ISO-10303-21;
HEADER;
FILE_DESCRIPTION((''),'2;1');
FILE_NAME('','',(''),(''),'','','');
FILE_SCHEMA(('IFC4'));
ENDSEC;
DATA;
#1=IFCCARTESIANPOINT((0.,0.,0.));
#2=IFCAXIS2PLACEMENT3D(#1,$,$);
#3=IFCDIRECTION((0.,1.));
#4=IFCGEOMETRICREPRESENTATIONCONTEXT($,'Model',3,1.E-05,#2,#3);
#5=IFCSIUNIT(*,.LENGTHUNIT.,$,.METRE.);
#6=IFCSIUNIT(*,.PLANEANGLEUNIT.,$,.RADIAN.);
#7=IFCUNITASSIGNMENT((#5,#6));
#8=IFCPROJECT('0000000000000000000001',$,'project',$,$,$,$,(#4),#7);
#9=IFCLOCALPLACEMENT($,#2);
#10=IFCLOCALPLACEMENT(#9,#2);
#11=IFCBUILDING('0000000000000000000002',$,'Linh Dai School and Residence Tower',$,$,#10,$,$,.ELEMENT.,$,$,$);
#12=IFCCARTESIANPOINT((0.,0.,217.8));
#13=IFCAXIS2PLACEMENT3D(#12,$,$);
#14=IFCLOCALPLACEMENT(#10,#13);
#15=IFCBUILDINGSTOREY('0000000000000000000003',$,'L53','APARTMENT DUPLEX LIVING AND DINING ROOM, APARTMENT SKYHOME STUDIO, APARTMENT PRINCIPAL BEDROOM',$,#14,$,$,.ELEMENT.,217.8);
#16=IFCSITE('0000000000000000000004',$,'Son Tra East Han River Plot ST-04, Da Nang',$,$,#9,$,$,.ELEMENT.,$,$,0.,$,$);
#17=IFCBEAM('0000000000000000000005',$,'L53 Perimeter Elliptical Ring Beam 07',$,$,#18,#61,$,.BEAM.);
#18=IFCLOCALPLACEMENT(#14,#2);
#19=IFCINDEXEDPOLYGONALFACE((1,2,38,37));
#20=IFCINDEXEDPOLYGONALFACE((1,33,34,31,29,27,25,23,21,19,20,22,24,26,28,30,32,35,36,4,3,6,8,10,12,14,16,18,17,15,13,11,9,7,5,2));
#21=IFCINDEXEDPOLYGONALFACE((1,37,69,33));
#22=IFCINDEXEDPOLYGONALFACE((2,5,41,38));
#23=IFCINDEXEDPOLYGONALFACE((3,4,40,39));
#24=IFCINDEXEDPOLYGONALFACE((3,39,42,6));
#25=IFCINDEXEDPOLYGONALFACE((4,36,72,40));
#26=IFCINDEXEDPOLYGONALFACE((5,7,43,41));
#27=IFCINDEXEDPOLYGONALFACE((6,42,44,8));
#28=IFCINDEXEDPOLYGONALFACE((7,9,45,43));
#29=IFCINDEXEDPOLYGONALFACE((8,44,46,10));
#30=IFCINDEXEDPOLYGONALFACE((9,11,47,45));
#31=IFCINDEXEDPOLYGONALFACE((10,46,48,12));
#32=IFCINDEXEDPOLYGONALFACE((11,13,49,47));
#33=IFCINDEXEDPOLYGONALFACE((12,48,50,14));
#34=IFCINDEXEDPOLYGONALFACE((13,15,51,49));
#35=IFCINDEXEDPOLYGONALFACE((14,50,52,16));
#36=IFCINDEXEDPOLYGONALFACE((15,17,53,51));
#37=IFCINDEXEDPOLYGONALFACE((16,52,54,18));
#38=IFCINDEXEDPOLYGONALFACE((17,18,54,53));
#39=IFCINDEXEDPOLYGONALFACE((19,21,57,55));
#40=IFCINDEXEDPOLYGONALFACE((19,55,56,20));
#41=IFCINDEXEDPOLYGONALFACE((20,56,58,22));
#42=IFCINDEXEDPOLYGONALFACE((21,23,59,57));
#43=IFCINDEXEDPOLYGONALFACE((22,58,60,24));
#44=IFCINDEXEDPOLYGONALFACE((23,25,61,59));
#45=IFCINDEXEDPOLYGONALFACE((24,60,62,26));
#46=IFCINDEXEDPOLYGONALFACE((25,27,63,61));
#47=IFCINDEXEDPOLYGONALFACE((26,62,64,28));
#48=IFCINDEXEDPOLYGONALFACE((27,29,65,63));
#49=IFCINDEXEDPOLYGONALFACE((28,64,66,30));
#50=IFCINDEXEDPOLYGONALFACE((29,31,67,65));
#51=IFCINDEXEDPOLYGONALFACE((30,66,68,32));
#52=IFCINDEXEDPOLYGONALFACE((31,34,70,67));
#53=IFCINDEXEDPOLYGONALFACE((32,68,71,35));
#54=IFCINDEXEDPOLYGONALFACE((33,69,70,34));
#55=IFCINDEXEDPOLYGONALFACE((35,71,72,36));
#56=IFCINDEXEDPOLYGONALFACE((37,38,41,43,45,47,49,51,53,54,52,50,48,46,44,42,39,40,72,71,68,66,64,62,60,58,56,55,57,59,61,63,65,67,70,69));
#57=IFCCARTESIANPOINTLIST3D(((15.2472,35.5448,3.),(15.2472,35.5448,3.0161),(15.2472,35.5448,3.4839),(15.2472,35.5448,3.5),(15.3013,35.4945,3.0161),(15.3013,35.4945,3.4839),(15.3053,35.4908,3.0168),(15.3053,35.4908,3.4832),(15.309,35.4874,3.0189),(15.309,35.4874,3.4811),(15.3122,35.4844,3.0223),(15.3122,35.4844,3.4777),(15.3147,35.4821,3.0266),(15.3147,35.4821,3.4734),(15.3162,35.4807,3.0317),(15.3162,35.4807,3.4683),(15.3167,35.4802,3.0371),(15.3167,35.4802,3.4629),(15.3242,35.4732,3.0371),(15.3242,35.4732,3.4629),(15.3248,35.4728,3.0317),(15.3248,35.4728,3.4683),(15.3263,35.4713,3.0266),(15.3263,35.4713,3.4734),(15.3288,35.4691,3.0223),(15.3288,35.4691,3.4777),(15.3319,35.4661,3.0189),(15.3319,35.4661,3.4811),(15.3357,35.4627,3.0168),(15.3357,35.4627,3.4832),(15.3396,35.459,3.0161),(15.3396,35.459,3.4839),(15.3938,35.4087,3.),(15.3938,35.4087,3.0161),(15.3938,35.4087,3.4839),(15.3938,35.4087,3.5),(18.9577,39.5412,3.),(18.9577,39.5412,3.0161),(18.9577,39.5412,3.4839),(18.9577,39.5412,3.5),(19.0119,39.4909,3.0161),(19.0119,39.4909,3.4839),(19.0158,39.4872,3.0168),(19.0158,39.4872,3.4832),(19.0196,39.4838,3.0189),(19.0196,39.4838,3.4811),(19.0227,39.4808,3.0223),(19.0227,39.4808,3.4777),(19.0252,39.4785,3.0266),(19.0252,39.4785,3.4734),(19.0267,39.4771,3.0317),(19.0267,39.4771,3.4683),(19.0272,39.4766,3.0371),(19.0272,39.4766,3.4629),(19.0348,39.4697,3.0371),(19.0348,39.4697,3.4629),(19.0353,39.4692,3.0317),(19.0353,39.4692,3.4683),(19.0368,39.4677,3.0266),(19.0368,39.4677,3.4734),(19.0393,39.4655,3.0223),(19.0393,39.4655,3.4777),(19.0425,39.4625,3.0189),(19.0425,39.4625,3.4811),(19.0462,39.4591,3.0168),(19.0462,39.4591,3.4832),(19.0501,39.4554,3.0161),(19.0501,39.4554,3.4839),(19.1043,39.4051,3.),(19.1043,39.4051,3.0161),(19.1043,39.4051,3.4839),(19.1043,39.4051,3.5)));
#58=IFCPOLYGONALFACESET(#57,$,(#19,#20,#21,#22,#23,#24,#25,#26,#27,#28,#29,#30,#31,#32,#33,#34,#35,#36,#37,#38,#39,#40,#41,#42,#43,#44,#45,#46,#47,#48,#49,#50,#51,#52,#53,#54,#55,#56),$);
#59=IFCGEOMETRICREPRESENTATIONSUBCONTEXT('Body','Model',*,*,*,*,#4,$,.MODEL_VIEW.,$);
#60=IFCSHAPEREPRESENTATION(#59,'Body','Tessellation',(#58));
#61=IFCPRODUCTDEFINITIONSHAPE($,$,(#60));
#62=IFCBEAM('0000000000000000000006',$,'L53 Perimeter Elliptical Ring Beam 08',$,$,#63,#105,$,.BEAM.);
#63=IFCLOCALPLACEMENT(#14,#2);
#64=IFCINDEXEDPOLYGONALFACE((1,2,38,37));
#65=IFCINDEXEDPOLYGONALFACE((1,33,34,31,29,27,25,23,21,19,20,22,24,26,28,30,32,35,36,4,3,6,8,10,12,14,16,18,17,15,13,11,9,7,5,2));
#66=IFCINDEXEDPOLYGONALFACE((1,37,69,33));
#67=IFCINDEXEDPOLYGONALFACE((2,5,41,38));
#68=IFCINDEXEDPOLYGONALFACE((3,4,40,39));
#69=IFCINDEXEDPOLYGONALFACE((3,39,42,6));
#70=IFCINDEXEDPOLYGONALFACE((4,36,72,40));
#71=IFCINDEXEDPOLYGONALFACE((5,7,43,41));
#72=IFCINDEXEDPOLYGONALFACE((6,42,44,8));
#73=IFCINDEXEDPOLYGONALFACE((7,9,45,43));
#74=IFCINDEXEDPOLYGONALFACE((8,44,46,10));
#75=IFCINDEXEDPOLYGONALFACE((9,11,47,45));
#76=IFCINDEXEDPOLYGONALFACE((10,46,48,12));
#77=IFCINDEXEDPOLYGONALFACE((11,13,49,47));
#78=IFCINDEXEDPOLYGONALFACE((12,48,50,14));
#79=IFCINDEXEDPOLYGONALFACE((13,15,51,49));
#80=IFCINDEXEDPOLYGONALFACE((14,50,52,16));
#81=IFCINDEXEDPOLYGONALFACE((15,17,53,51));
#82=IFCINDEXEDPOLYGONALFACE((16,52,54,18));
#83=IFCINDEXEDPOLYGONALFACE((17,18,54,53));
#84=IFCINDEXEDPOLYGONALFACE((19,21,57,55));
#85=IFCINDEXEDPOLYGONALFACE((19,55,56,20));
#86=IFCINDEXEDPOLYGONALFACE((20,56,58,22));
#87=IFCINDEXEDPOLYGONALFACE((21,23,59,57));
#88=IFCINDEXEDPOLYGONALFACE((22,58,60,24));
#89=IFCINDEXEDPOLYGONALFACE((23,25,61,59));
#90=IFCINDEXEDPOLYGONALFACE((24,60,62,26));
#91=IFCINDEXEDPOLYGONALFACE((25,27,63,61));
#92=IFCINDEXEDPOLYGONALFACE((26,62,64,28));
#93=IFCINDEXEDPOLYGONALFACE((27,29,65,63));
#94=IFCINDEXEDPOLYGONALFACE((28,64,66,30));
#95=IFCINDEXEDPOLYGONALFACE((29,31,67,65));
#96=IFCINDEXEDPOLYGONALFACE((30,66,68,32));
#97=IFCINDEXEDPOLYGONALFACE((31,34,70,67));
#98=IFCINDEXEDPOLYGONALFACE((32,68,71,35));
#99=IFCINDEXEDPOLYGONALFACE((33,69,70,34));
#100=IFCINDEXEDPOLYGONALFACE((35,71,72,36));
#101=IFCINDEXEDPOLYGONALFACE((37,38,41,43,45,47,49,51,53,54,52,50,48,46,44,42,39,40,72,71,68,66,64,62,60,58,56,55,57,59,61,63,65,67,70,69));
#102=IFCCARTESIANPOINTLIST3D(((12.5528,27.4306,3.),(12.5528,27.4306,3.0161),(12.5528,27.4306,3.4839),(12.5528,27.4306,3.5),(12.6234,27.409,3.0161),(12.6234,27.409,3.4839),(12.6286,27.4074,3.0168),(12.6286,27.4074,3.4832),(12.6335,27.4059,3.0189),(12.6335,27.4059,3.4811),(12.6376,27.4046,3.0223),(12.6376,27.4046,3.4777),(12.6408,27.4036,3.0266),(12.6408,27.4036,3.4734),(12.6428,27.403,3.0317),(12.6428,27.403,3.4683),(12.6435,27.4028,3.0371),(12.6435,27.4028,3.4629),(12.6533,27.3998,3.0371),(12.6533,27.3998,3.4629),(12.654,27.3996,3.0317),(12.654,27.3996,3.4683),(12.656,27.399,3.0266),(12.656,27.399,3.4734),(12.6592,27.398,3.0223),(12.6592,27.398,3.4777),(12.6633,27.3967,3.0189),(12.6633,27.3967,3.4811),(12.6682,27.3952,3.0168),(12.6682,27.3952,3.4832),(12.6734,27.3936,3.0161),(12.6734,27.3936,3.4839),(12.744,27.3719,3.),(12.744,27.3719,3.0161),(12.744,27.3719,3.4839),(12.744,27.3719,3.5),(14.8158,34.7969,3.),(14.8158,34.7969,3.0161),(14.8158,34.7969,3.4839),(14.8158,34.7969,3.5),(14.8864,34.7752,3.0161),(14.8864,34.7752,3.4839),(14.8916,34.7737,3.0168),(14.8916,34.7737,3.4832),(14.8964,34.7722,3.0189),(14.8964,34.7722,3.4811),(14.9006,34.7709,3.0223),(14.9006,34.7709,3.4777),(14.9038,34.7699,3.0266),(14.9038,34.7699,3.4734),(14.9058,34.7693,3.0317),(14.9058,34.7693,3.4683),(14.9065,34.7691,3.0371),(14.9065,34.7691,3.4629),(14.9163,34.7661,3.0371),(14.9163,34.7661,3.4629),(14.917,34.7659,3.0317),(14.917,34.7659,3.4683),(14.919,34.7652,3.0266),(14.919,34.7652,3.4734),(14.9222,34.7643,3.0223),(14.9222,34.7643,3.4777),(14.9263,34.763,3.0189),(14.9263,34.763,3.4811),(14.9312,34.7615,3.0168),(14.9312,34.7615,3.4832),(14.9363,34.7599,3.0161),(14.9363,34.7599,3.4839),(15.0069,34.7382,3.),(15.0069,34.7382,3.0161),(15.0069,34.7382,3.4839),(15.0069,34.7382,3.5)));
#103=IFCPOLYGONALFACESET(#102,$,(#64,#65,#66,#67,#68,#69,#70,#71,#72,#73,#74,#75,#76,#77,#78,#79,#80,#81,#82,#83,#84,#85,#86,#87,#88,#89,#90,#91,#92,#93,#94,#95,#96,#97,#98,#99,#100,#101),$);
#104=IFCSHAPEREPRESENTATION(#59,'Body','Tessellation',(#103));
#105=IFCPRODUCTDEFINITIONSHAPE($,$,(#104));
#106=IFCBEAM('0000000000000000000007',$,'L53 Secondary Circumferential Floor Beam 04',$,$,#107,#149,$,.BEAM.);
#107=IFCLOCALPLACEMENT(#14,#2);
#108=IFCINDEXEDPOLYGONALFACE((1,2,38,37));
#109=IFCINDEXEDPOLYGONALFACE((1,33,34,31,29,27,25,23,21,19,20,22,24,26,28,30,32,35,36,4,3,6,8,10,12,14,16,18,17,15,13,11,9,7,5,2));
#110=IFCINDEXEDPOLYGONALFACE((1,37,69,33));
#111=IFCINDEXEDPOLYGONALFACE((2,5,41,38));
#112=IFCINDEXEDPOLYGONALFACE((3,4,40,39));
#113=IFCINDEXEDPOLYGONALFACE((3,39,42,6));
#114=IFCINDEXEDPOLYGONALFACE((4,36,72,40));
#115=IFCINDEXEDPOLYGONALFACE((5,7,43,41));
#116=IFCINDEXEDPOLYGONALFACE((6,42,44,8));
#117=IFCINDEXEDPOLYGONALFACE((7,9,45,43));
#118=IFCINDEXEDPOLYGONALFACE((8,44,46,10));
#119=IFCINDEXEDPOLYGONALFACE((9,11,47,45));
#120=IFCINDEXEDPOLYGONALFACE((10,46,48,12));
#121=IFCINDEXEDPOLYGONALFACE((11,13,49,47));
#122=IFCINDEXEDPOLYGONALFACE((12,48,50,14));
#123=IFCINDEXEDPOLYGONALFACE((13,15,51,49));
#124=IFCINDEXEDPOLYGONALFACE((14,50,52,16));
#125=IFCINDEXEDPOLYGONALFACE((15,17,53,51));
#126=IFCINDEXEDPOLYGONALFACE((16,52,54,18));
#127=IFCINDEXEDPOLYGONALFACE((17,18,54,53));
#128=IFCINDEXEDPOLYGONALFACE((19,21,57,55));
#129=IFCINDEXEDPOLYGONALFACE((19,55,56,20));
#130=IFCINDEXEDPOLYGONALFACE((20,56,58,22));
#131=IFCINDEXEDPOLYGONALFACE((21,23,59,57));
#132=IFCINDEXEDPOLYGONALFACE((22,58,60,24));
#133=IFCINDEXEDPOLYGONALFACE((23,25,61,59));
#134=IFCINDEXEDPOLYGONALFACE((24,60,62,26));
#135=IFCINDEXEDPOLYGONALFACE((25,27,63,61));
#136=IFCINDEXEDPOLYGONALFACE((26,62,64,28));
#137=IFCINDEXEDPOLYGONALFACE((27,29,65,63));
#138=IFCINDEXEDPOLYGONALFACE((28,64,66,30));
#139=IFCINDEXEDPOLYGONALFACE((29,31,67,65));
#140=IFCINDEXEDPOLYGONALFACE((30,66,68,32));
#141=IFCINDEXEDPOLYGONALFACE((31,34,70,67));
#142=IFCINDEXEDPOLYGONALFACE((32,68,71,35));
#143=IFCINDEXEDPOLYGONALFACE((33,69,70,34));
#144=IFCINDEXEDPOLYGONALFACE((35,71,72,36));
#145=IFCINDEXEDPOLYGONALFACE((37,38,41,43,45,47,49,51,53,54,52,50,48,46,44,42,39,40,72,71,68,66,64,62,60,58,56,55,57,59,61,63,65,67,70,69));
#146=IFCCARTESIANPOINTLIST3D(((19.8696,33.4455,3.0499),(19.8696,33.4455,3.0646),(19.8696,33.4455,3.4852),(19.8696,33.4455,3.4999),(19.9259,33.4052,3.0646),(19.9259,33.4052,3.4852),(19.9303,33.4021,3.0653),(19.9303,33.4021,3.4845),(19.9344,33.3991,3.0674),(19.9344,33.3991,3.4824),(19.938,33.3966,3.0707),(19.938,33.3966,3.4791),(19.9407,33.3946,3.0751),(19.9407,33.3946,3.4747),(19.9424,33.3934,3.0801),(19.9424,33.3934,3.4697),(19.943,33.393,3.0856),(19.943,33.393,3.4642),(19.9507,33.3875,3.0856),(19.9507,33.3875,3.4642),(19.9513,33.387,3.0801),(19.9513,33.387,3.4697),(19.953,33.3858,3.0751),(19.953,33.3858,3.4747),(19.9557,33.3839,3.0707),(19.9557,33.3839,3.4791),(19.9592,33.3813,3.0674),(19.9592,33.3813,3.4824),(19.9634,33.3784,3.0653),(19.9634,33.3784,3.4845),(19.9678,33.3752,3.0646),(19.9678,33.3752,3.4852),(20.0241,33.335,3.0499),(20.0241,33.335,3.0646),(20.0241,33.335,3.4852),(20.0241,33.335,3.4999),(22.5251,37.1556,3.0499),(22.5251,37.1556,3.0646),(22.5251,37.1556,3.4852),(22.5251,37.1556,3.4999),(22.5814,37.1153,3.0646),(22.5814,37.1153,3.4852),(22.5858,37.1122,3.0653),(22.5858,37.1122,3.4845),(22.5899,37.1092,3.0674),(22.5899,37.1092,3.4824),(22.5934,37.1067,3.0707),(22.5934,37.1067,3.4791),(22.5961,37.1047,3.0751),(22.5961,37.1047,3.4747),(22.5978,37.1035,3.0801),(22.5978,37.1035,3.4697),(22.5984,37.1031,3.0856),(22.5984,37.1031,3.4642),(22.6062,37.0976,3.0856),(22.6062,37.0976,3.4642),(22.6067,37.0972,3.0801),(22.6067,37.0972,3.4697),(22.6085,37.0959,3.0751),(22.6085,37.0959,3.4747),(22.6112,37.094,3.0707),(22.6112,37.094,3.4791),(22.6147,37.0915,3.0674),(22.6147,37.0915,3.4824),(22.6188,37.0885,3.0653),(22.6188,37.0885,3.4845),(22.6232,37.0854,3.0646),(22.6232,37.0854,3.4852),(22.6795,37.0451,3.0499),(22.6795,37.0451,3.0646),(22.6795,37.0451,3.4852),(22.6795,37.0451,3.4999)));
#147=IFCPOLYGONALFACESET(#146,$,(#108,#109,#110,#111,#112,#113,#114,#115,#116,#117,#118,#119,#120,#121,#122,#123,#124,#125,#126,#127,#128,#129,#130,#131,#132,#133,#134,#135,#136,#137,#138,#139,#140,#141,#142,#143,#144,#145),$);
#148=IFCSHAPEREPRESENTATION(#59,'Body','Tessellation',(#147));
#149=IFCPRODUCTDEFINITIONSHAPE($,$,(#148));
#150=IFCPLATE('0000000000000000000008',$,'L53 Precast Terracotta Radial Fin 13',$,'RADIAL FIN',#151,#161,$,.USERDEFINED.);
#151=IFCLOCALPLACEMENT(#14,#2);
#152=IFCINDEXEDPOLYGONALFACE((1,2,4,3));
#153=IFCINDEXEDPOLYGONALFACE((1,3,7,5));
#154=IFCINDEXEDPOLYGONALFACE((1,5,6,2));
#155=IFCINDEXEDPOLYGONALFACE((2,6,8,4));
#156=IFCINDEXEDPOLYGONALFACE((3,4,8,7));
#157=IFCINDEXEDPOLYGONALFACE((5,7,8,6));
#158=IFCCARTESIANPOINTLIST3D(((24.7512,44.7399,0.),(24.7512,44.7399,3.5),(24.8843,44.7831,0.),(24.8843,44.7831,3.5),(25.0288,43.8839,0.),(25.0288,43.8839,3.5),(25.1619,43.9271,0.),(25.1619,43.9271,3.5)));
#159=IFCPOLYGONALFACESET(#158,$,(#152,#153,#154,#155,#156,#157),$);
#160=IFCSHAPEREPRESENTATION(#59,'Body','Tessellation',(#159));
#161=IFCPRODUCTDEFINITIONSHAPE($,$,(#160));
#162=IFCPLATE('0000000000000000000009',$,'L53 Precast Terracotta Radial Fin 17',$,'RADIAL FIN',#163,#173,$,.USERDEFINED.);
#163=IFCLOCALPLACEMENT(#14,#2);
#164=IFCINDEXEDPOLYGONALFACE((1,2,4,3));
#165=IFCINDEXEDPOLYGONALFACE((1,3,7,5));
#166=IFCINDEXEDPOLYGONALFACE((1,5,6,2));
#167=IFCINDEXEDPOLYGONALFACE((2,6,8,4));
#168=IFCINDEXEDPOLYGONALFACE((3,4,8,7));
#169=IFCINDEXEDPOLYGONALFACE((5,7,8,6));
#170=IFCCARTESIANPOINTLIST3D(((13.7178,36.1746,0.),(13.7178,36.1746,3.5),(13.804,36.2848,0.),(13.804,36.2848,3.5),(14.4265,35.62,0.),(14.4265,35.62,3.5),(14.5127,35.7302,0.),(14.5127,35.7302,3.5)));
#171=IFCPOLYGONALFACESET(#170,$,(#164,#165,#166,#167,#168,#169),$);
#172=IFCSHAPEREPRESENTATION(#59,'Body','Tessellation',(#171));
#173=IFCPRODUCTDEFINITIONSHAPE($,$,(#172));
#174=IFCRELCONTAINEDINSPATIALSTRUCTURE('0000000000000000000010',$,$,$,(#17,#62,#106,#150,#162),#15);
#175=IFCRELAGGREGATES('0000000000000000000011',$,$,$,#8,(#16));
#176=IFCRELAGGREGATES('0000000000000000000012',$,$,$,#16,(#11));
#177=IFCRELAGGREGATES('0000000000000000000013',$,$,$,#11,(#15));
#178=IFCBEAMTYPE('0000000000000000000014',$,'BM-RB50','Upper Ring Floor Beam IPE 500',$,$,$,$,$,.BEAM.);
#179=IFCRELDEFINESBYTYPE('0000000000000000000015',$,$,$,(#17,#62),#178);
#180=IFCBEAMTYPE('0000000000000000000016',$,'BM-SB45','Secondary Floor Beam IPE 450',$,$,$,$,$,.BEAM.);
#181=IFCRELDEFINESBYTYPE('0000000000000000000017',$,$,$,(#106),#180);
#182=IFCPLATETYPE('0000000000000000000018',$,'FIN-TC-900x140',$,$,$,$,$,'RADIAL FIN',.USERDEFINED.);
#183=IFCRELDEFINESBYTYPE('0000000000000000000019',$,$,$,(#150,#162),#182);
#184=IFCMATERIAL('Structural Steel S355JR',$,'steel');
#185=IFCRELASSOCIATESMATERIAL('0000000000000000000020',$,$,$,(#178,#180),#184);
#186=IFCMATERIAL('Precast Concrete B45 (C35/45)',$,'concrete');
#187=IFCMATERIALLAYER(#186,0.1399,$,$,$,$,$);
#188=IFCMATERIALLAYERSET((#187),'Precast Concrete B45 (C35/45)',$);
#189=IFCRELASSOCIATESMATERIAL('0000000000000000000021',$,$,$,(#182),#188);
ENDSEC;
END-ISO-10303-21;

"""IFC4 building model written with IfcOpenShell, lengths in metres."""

from ifc_helpers import new_model, si_unit, direction, frame, origin, origin_2d, place, context, subcontext, project, spatial, rectangle, i_section, extrude, source, transform, mapped, material, layer, layer_set, material_profile, profile_set, type_object, element, save


model = new_model("IFC4")

# Units and contexts
model_context = context("Model", 3, precision=1e-05, world=origin(), true_north=direction((0.0, 1.0)))
body_context = subcontext(model_context, "Body", "Model", "MODEL_VIEW")
ifc_project = project(units=[si_unit("LENGTHUNIT", "METRE"), si_unit("PLANEANGLEUNIT", "RADIAN")], contexts=[model_context])

# Site, building, storey
site_placement = place(None, origin())
site = spatial("IfcSite", under=ifc_project, at=site_placement, Name="Son Tra East Han River Plot ST-04, Da Nang", CompositionType="ELEMENT", RefElevation=0.0)
building_placement = place(site_placement, origin())
building = spatial("IfcBuilding", under=site, at=building_placement, Name="Linh Dai School and Residence Tower", CompositionType="ELEMENT")
storey_placement = place(building_placement, frame((0.0, 0.0, 217.8)))
storey = spatial("IfcBuildingStorey", under=building, at=storey_placement, Name="L53", Description="APARTMENT DUPLEX LIVING AND DINING ROOM, APARTMENT SKYHOME STUDIO, APARTMENT PRINCIPAL BEDROOM", CompositionType="ELEMENT", Elevation=217.8)

# Shared definitions
ifc_material_1 = material(Name="Structural Steel S355JR", Category="steel")

# Beams
ifc_material_profile_1 = material_profile(ifc_material_1, i_section(OverallWidth=0.2, OverallDepth=0.5, WebThickness=0.0103, FlangeThickness=0.0161, FilletRadius=0.021, at=origin_2d()), Name="IPE 500")
ifc_profile_set_1 = profile_set([ifc_material_profile_1], Name="Structural Steel S355JR")
beam_type_1 = type_object("IfcBeamType", Name="BM-RB50", Description="Upper Ring Floor Beam IPE 500", PredefinedType="BEAM", material=ifc_profile_set_1)
beam_1_placement = place(storey_placement, frame((19.031, 39.4731, 3.25), z_axis=(-0.680408, -0.732833, 0.0), x_axis=(0.732833, -0.680408, 0.0)))
element("IfcBeam", 1, at=beam_1_placement, inside=storey, type_object=beam_type_1, Name="L53 Perimeter Elliptical Ring Beam 07", PredefinedType="BEAM", context=body_context, shape_type="SweptSolid", body=[
    extrude(i_section(OverallWidth=0.2, OverallDepth=0.5, WebThickness=0.0103, FlangeThickness=0.0161, FilletRadius=0.021, at=origin_2d()), origin(), (0.0, 0.0, 1.0), 5.4534),
])
beam_2_placement = place(storey_placement, frame((14.9114, 34.7676, 3.25), z_axis=(-0.293661, -0.95591, 0.0), x_axis=(0.95591, -0.293661, 0.0)))
element("IfcBeam", 2, at=beam_2_placement, inside=storey, type_object=beam_type_1, Name="L53 Perimeter Elliptical Ring Beam 08", PredefinedType="BEAM", context=body_context, shape_type="SweptSolid", body=[
    extrude(i_section(OverallWidth=0.2, OverallDepth=0.5, WebThickness=0.0103, FlangeThickness=0.0161, FilletRadius=0.021, at=origin_2d()), origin(), (0.0, 0.0, 1.0), 7.7061),
])
ifc_material_profile_2 = material_profile(ifc_material_1, i_section(OverallWidth=0.1899, OverallDepth=0.45, WebThickness=0.0095, FlangeThickness=0.0146, FilletRadius=0.021, at=origin_2d()), Name="IPE 450")
ifc_profile_set_2 = profile_set([ifc_material_profile_2], Name="Structural Steel S355JR")
beam_type_2 = type_object("IfcBeamType", Name="BM-SB45", Description="Secondary Floor Beam IPE 450", PredefinedType="BEAM", material=ifc_profile_set_2)
beam_3_placement = place(storey_placement, frame((22.6023, 37.1003, 3.2749), z_axis=(-0.582017, -0.813176, 0.0), x_axis=(0.813176, -0.582017, 0.0)))
element("IfcBeam", 3, at=beam_3_placement, inside=storey, type_object=beam_type_2, Name="L53 Secondary Circumferential Floor Beam 04", PredefinedType="BEAM", context=body_context, shape_type="SweptSolid", body=[
    extrude(i_section(OverallWidth=0.1899, OverallDepth=0.45, WebThickness=0.0095, FlangeThickness=0.0146, FilletRadius=0.021, at=origin_2d()), origin(), (0.0, 0.0, 1.0), 4.5625),
])

# Plates
ifc_material_2 = material(Name="Precast Concrete B45 (C35/45)", Category="concrete")
ifc_layer_1 = layer(ifc_material_2, 0.1399)
ifc_layer_set_1 = layer_set([ifc_layer_1], Name="Precast Concrete B45 (C35/45)")
plate_type = type_object("IfcPlateType", Name="FIN-TC-900x140", ElementType="RADIAL FIN", PredefinedType="USERDEFINED", material=ifc_layer_set_1)
shared_shape_1 = source(origin(), body_context, "Body", "SweptSolid", [
    extrude(rectangle(XDim=0.8999, YDim=0.1399, at=origin_2d()), origin(), (0.0, 0.0, 1.0), 3.5),
])
for number, where, z_axis, x_axis, name in (
    (4, (24.9565, 44.3335, 0.0), (0.0, 0.0, 1.0), (-0.308501, 0.951224, 0.0), "L53 Precast Terracotta Radial Fin 13"),
    (5, (14.1152, 35.9524, 0.0), (0.0, 0.0, 1.0), (-0.787487, 0.616332, 0.0), "L53 Precast Terracotta Radial Fin 17"),
):
    element("IfcPlate", number, at=place(storey_placement, frame(where, z_axis=z_axis, x_axis=x_axis)), inside=storey, type_object=plate_type, Name=name, ObjectType="RADIAL FIN", PredefinedType="USERDEFINED", context=body_context, shape_type="MappedRepresentation", body=[
        mapped(shared_shape_1, transform((0.0, 0.0, 0.0), x_axis=(1.0, 0.0, 0.0), y_axis=(0.0, 1.0, 0.0), z_axis=(0.0, 0.0, 1.0), scale=1.0)),
    ])

save(model, "model.ifc")
